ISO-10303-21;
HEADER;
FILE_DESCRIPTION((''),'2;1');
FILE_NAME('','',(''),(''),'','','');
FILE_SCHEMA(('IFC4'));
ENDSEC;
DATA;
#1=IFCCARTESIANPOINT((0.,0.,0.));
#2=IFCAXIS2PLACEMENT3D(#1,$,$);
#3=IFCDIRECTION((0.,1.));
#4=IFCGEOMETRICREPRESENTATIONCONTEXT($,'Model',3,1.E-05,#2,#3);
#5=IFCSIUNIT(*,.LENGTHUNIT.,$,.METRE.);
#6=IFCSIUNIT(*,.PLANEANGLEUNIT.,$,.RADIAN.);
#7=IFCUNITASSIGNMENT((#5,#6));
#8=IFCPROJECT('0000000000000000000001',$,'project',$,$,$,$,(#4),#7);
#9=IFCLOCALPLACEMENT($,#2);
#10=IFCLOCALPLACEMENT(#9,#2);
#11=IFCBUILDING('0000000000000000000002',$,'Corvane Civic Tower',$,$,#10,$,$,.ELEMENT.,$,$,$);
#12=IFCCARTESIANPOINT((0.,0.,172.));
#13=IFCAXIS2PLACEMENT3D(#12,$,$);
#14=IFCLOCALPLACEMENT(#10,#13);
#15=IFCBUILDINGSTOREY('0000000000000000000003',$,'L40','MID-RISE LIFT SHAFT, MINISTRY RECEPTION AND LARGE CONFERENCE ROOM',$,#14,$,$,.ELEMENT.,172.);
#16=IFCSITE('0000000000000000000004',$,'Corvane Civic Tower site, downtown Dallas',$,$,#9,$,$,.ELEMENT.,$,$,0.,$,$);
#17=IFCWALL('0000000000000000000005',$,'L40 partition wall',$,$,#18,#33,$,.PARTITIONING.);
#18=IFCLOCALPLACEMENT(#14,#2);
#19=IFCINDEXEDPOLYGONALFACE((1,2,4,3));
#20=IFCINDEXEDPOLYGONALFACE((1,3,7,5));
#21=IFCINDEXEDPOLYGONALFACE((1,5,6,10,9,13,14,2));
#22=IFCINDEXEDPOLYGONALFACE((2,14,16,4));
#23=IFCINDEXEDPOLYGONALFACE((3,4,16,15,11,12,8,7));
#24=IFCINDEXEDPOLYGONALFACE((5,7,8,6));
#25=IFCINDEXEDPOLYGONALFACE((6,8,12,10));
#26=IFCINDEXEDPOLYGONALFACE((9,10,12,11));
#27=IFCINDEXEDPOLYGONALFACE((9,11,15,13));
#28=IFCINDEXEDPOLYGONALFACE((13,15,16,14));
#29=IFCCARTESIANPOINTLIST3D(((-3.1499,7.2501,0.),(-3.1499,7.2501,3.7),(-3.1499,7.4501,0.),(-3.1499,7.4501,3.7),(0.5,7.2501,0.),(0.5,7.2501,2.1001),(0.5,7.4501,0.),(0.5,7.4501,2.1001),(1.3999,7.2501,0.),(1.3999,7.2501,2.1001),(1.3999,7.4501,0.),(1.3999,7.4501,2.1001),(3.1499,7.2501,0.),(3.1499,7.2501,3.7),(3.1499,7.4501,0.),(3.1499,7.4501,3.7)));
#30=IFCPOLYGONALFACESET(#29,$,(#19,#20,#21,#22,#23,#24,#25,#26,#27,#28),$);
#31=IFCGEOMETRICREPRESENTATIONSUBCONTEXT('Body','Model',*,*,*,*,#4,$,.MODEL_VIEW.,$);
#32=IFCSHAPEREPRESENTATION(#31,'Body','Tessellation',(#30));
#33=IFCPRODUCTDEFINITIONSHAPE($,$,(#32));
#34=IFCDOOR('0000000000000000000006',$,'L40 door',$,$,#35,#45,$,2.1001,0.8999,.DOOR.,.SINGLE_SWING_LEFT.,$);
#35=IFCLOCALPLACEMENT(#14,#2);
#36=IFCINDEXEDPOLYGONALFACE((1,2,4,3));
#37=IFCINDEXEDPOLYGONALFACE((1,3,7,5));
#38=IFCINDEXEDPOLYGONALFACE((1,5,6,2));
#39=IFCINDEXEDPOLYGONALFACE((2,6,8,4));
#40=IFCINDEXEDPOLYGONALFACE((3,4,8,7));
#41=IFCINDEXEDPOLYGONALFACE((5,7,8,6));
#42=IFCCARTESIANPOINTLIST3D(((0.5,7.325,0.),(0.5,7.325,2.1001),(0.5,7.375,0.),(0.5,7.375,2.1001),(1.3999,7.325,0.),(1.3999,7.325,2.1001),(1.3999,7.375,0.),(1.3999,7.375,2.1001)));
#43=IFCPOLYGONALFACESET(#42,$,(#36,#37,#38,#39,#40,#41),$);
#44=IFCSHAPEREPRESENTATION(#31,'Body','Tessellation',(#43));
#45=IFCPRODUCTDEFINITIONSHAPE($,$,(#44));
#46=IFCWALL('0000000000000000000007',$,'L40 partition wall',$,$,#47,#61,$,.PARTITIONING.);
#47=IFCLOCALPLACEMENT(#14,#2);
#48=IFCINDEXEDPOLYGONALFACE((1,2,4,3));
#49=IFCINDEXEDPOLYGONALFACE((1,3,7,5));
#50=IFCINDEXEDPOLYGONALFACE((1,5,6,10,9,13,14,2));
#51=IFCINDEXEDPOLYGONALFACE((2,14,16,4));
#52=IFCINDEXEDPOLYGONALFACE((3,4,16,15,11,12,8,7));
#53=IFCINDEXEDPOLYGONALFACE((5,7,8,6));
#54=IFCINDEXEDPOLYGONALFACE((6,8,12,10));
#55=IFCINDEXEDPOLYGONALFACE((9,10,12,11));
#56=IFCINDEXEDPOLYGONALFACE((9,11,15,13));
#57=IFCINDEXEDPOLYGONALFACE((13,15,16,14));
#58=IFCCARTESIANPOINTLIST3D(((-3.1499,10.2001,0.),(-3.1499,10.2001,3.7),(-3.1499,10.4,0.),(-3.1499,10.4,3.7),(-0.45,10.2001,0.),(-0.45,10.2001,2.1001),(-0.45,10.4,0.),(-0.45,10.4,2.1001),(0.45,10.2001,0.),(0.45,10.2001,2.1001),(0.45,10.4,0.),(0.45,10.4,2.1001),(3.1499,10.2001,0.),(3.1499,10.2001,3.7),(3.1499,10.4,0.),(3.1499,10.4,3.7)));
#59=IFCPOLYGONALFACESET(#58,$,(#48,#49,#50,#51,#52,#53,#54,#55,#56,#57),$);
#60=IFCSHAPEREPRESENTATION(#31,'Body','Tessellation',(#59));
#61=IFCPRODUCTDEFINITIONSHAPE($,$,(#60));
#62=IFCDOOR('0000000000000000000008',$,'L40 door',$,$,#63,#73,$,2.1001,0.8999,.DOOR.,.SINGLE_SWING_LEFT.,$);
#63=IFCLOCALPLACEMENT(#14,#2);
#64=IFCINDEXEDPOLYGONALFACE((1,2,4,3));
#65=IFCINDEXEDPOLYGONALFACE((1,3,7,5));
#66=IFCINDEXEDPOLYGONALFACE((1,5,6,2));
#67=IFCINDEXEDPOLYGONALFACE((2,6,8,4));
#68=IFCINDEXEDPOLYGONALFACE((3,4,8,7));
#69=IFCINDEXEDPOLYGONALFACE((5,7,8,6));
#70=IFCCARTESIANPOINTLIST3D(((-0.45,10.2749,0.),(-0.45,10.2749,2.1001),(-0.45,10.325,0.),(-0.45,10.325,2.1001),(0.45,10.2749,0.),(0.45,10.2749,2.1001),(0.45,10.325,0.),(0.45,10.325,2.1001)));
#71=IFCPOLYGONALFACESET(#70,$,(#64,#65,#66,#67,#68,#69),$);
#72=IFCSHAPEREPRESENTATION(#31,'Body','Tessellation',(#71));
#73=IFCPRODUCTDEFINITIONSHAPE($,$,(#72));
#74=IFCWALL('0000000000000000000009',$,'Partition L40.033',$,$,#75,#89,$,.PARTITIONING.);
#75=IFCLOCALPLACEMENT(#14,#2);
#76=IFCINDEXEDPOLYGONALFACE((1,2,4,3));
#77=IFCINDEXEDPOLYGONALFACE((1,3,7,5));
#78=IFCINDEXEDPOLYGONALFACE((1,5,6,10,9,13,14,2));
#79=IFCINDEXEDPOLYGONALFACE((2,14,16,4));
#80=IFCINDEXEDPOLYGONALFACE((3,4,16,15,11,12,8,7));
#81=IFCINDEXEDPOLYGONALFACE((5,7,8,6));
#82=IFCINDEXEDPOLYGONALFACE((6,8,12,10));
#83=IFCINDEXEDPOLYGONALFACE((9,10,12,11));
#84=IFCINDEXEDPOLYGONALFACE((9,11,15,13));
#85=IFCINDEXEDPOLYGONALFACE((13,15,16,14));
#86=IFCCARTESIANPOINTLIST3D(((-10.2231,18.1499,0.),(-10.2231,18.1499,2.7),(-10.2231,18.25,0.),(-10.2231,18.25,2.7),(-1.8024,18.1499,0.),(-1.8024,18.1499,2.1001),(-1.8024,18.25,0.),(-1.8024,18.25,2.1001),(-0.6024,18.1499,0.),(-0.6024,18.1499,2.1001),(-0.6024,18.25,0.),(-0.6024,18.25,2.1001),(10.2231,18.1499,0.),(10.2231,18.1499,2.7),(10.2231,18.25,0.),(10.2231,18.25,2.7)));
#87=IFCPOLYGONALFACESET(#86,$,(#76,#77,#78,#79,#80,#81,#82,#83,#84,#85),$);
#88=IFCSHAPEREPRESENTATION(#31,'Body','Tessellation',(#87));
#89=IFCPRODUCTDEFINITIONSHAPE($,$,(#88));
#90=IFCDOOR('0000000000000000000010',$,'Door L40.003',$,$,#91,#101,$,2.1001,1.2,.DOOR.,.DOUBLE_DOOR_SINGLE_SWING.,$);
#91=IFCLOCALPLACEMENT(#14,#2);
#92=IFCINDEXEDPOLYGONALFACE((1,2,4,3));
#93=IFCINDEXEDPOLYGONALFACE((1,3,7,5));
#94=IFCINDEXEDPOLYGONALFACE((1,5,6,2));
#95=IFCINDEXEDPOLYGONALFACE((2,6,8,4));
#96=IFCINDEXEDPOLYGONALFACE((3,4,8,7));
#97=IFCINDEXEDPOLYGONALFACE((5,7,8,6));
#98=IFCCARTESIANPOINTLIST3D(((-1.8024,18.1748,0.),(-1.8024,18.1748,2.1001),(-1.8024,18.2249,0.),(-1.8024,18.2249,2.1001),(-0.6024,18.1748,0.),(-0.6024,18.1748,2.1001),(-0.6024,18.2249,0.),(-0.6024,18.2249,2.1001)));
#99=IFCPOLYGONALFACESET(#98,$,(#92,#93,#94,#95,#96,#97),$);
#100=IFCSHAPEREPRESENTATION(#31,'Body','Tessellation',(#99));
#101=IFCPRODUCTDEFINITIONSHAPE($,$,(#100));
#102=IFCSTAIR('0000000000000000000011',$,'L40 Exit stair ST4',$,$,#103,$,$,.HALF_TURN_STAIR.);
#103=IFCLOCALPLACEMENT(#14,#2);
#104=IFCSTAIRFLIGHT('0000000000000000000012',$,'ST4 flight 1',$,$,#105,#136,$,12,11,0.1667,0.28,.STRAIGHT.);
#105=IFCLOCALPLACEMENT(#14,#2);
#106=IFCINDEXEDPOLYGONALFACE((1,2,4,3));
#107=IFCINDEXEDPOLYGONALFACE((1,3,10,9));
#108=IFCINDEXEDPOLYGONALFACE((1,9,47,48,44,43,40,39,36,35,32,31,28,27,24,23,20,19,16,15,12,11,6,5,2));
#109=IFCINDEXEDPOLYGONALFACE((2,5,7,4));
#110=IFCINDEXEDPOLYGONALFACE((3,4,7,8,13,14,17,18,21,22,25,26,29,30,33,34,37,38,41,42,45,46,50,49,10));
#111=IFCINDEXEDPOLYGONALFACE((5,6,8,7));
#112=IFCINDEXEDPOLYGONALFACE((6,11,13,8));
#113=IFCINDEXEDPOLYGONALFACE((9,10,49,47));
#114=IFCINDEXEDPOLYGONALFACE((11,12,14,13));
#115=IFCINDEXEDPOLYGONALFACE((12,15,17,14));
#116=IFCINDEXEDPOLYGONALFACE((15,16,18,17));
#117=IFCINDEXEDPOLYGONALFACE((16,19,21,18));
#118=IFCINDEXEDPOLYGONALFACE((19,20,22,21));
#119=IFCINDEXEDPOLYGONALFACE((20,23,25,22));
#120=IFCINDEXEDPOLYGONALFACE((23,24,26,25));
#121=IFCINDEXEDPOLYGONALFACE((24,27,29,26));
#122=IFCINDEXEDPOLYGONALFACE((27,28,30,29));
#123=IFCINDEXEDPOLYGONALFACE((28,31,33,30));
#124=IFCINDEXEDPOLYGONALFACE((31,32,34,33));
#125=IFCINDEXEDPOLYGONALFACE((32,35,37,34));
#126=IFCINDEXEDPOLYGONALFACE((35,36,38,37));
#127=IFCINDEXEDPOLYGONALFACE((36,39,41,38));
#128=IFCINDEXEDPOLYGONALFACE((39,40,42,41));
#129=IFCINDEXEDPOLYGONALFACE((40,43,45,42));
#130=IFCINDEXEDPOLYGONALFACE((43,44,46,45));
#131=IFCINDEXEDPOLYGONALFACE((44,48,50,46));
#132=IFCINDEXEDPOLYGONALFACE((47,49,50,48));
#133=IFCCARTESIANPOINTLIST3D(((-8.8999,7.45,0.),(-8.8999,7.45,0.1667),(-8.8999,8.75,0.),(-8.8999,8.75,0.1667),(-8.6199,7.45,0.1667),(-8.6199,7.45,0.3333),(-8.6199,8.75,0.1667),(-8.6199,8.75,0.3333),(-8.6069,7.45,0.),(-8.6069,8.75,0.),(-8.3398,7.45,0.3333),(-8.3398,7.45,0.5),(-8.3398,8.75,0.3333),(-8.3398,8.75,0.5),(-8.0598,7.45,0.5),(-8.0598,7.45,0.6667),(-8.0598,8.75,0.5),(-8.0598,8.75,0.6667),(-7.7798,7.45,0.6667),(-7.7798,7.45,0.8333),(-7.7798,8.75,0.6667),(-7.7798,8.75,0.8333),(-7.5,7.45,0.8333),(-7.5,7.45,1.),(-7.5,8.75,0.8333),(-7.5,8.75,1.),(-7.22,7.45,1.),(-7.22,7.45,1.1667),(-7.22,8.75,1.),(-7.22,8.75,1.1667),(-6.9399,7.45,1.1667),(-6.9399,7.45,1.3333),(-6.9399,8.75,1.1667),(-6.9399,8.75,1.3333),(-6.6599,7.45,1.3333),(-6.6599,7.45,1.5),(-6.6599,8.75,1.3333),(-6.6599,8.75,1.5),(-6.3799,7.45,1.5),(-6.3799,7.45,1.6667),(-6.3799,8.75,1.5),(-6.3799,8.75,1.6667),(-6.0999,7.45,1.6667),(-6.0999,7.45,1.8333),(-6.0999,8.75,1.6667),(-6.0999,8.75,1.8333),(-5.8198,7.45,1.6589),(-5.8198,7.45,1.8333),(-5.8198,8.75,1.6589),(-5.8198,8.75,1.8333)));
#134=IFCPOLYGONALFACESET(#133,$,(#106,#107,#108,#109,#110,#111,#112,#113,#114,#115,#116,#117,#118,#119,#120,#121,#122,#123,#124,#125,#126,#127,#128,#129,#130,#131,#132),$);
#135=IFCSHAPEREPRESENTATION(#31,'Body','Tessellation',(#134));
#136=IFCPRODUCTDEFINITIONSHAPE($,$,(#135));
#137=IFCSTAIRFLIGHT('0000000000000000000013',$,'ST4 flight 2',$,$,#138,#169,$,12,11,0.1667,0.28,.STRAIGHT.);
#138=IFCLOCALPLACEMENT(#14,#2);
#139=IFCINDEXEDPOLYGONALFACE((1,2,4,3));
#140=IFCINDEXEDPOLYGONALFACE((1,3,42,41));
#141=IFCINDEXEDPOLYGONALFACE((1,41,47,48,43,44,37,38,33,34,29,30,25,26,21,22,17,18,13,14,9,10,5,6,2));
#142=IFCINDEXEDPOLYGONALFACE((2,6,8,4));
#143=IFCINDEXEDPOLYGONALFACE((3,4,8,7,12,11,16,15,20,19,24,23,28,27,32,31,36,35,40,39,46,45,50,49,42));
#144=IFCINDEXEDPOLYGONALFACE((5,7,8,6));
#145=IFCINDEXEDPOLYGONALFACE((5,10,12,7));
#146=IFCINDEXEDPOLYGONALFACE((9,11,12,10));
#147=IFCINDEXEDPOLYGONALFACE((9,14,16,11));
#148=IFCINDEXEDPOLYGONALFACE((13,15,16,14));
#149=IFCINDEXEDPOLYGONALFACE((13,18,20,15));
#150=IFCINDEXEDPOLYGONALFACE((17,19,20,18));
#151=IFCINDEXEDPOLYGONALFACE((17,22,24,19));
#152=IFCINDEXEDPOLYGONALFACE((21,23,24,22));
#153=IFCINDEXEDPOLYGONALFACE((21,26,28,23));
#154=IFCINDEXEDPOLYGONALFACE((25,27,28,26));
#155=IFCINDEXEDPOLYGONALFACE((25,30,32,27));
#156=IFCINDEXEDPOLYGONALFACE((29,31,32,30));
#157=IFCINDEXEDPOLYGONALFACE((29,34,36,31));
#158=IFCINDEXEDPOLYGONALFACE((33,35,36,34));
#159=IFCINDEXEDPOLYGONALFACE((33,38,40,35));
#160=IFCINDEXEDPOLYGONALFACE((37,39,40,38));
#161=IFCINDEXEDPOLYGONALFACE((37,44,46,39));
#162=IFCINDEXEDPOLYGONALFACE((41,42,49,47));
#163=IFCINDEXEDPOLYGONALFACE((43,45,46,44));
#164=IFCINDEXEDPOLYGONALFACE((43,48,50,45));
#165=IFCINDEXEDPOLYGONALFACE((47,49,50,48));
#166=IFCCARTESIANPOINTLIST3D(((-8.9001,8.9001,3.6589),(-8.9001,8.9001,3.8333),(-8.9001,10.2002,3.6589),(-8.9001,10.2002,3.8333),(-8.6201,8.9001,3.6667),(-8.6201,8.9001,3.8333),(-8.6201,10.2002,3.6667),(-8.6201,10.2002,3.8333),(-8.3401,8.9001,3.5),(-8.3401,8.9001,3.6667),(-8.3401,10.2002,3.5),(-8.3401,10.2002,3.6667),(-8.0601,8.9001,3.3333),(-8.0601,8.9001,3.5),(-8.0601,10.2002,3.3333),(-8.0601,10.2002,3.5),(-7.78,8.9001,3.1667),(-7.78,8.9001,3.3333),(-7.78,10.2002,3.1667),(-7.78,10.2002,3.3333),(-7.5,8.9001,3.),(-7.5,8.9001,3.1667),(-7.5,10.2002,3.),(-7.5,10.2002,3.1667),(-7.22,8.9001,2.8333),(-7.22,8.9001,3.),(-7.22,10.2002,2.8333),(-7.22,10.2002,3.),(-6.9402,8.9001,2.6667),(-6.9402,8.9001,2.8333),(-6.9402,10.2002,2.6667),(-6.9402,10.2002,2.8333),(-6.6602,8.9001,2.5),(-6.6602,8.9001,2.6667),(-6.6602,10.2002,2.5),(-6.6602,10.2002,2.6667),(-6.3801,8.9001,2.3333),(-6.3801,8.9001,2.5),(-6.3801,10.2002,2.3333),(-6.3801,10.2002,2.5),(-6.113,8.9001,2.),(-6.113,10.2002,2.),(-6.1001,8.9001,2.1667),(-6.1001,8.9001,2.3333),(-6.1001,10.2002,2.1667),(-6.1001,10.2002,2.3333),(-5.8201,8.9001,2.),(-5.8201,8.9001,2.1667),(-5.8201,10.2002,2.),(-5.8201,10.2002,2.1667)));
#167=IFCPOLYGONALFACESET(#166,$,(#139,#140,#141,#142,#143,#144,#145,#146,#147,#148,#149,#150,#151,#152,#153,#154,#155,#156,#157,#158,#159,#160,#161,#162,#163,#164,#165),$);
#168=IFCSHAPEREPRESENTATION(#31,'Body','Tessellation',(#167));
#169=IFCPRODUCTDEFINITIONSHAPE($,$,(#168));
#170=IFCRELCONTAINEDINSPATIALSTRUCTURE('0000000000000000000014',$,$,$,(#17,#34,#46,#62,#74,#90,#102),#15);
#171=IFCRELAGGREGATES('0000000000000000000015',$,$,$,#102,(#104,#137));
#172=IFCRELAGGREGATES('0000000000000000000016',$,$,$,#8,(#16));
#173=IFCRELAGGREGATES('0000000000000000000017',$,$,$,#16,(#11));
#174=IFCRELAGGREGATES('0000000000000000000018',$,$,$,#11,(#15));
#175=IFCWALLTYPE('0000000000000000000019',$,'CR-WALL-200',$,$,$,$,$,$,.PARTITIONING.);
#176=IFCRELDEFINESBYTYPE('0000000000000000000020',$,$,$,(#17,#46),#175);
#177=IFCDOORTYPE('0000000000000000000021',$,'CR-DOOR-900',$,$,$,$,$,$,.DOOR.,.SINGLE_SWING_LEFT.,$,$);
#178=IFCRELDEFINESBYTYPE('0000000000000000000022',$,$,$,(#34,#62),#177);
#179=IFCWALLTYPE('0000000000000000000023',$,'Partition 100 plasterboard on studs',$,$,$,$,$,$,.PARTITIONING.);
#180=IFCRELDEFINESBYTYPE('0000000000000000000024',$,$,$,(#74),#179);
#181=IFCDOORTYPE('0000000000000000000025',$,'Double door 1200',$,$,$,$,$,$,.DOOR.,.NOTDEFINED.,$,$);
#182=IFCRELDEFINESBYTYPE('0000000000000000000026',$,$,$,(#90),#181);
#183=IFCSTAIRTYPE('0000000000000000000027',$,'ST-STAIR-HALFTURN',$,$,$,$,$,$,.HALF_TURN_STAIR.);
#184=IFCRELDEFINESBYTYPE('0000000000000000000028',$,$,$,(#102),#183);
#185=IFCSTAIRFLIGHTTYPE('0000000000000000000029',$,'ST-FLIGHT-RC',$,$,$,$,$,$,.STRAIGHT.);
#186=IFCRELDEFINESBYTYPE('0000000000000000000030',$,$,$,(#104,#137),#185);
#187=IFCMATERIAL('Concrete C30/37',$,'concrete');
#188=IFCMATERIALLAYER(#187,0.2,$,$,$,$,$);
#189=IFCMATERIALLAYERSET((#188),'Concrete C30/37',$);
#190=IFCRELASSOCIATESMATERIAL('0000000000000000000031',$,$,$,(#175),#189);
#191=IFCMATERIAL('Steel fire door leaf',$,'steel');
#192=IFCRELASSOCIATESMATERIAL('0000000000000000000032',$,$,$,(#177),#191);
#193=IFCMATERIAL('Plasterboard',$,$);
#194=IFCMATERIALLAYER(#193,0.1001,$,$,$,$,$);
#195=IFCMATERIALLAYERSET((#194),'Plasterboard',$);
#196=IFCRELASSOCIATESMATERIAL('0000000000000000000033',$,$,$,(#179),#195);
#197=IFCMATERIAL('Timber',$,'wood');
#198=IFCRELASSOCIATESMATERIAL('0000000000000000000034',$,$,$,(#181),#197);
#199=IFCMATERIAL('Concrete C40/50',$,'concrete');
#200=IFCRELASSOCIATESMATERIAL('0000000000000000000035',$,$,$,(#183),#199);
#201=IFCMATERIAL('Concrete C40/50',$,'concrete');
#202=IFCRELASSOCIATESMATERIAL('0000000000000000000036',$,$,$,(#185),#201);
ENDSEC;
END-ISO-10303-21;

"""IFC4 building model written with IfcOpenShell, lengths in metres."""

from ifc_helpers import new_model, si_unit, direction, frame, frame_2d, origin, place, context, subcontext, project, spatial, polyline, rectangle, outline, extrude, material, layer, layer_set, type_object, element, fill, aggregate, save


model = new_model("IFC4")

# Units and contexts
model_context = context("Model", 3, precision=1e-05, world=origin(), true_north=direction((0.0, 1.0)))
body_context = subcontext(model_context, "Body", "Model", "MODEL_VIEW")
ifc_project = project(units=[si_unit("LENGTHUNIT", "METRE"), si_unit("PLANEANGLEUNIT", "RADIAN")], contexts=[model_context])

# Site, building, storey
site_placement = place(None, origin())
site = spatial("IfcSite", under=ifc_project, at=site_placement, Name="Corvane Civic Tower site, downtown Dallas", CompositionType="ELEMENT", RefElevation=0.0)
building_placement = place(site_placement, origin())
building = spatial("IfcBuilding", under=site, at=building_placement, Name="Corvane Civic Tower", CompositionType="ELEMENT")
storey_placement = place(building_placement, frame((0.0, 0.0, 172.0)))
storey = spatial("IfcBuildingStorey", under=building, at=storey_placement, Name="L40", Description="MID-RISE LIFT SHAFT, MINISTRY RECEPTION AND LARGE CONFERENCE ROOM", CompositionType="ELEMENT", Elevation=172.0)

# Walls, openings, doors
ifc_material_1 = material(Name="Concrete C30/37", Category="concrete")
ifc_layer_1 = layer(ifc_material_1, 0.2)
ifc_layer_set_1 = layer_set([ifc_layer_1], Name="Concrete C30/37")
wall_type_1 = type_object("IfcWallType", Name="CR-WALL-200", PredefinedType="PARTITIONING", material=ifc_layer_set_1)
wall_1_placement = place(storey_placement, frame((-3.1499, 7.3501, 0.0), z_axis=(0.0, 0.0, 1.0), x_axis=(1.0, 0.0, 0.0)))
wall_1 = element("IfcWall", 1, at=wall_1_placement, inside=storey, type_object=wall_type_1, Name="L40 partition wall", PredefinedType="PARTITIONING", context=body_context, shape_type="SweptSolid", body=[
    extrude(rectangle(XDim=6.2998, YDim=0.2, at=frame_2d((3.1499, 0.0))), origin(), (0.0, 0.0, 1.0), 3.7),
])
opening_1_placement = place(wall_1_placement, frame((3.6499, 0.0, 0.0)))
opening_1 = element("IfcOpeningElement", 2, at=opening_1_placement, cuts=wall_1, PredefinedType="OPENING", context=body_context, shape_type="SweptSolid", body=[
    extrude(rectangle(XDim=0.8999, YDim=2.1001, at=frame_2d((0.45, 1.05))), frame((0.0, 0.1099, 0.0), z_axis=(0.0, -1.0, 0.0), x_axis=(1.0, 0.0, 0.0)), (0.0, 0.0, 1.0), 0.22),
])
ifc_material_2 = material(Name="Steel fire door leaf", Category="steel")
door_type_1 = type_object("IfcDoorType", Name="CR-DOOR-900", OperationType="SINGLE_SWING_LEFT", PredefinedType="DOOR", material=ifc_material_2)
door_1_placement = place(opening_1_placement, origin())
door_1 = element("IfcDoor", 3, at=door_1_placement, inside=storey, type_object=door_type_1, Name="L40 door", OperationType="SINGLE_SWING_LEFT", OverallHeight=2.1001, OverallWidth=0.8999, PredefinedType="DOOR", context=body_context, shape_type="SweptSolid", body=[
    extrude(rectangle(XDim=0.8999, YDim=2.1001, at=frame_2d((0.45, 1.05))), frame((0.0, 0.0249, 0.0), z_axis=(0.0, -1.0, 0.0), x_axis=(1.0, 0.0, 0.0)), (0.0, 0.0, 1.0), 0.05),
])
fill(opening_1, door_1)
wall_2_placement = place(storey_placement, frame((-3.1499, 10.3, 0.0), z_axis=(0.0, 0.0, 1.0), x_axis=(1.0, 0.0, 0.0)))
wall_2 = element("IfcWall", 4, at=wall_2_placement, inside=storey, type_object=wall_type_1, Name="L40 partition wall", PredefinedType="PARTITIONING", context=body_context, shape_type="SweptSolid", body=[
    extrude(rectangle(XDim=6.2998, YDim=0.2, at=frame_2d((3.1499, 0.0))), origin(), (0.0, 0.0, 1.0), 3.7),
])
opening_2_placement = place(wall_2_placement, frame((2.7, 0.0, 0.0)))
opening_2 = element("IfcOpeningElement", 5, at=opening_2_placement, cuts=wall_2, PredefinedType="OPENING", context=body_context, shape_type="SweptSolid", body=[
    extrude(rectangle(XDim=0.8999, YDim=2.1001, at=frame_2d((0.45, 1.05))), frame((0.0, 0.1099, 0.0), z_axis=(0.0, -1.0, 0.0), x_axis=(1.0, 0.0, 0.0)), (0.0, 0.0, 1.0), 0.22),
])
door_2_placement = place(opening_2_placement, origin())
door_2 = element("IfcDoor", 6, at=door_2_placement, inside=storey, type_object=door_type_1, Name="L40 door", OperationType="SINGLE_SWING_LEFT", OverallHeight=2.1001, OverallWidth=0.8999, PredefinedType="DOOR", context=body_context, shape_type="SweptSolid", body=[
    extrude(rectangle(XDim=0.8999, YDim=2.1001, at=frame_2d((0.45, 1.05))), frame((0.0, 0.0249, 0.0), z_axis=(0.0, -1.0, 0.0), x_axis=(1.0, 0.0, 0.0)), (0.0, 0.0, 1.0), 0.05),
])
fill(opening_2, door_2)
ifc_material_3 = material(Name="Plasterboard")
ifc_layer_2 = layer(ifc_material_3, 0.1001)
ifc_layer_set_2 = layer_set([ifc_layer_2], Name="Plasterboard")
wall_type_2 = type_object("IfcWallType", Name="Partition 100 plasterboard on studs", PredefinedType="PARTITIONING", material=ifc_layer_set_2)
wall_3_placement = place(storey_placement, frame((-10.2231, 18.2, 0.0), z_axis=(0.0, 0.0, 1.0), x_axis=(1.0, 0.0, 0.0)))
wall_3 = element("IfcWall", 7, at=wall_3_placement, inside=storey, type_object=wall_type_2, Name="Partition L40.033", PredefinedType="PARTITIONING", context=body_context, shape_type="SweptSolid", body=[
    extrude(rectangle(XDim=20.4463, YDim=0.1001, at=frame_2d((10.2231, 0.0))), origin(), (0.0, 0.0, 1.0), 2.7),
])
opening_3_placement = place(wall_3_placement, frame((8.4207, 0.0, 0.0)))
opening_3 = element("IfcOpeningElement", 8, at=opening_3_placement, cuts=wall_3, PredefinedType="OPENING", context=body_context, shape_type="SweptSolid", body=[
    extrude(rectangle(XDim=1.2, YDim=2.1001, at=frame_2d((0.6001, 1.05))), frame((0.0, 0.0601, 0.0), z_axis=(0.0, -1.0, 0.0), x_axis=(1.0, 0.0, 0.0)), (0.0, 0.0, 1.0), 0.1201),
])
ifc_material_4 = material(Name="Timber", Category="wood")
door_type_2 = type_object("IfcDoorType", Name="Double door 1200", OperationType="NOTDEFINED", PredefinedType="DOOR", material=ifc_material_4)
door_3_placement = place(opening_3_placement, origin())
door_3 = element("IfcDoor", 9, at=door_3_placement, inside=storey, type_object=door_type_2, Name="Door L40.003", OperationType="DOUBLE_DOOR_SINGLE_SWING", OverallHeight=2.1001, OverallWidth=1.2, PredefinedType="DOOR", context=body_context, shape_type="SweptSolid", body=[
    extrude(rectangle(XDim=1.2, YDim=2.1001, at=frame_2d((0.6001, 1.05))), frame((0.0, 0.0249, 0.0), z_axis=(0.0, -1.0, 0.0), x_axis=(1.0, 0.0, 0.0)), (0.0, 0.0, 1.0), 0.05),
])
fill(opening_3, door_3)

# Stair, stair flights
ifc_material_5 = material(Name="Concrete C40/50", Category="concrete")
stair_type = type_object("IfcStairType", Name="ST-STAIR-HALFTURN", PredefinedType="HALF_TURN_STAIR", material=ifc_material_5)
stair_placement = place(storey_placement, origin())
stair = element("IfcStair", 10, at=stair_placement, inside=storey, type_object=stair_type, Name="L40 Exit stair ST4", PredefinedType="HALF_TURN_STAIR")
ifc_material_6 = material(Name="Concrete C40/50", Category="concrete")
stair_flight_type = type_object("IfcStairFlightType", Name="ST-FLIGHT-RC", PredefinedType="STRAIGHT", material=ifc_material_6)
stair_flight_1_placement = place(storey_placement, frame((-8.8999, 8.1001, 0.0), z_axis=(0.0, 0.0, 1.0), x_axis=(1.0, 0.0, 0.0)))
stair_flight_1 = element("IfcStairFlight", 11, at=stair_flight_1_placement, type_object=stair_flight_type, Name="ST4 flight 1", NumberOfRisers=12, NumberOfTreads=11, PredefinedType="STRAIGHT", RiserHeight=0.1667, TreadLength=0.28, context=body_context, shape_type="SweptSolid", body=[
    extrude(outline(polyline([(0.0, 0.0), (0.0, 0.1667), (0.28, 0.1667), (0.28, 0.3333), (0.5601, 0.3333), (0.5601, 0.5), (0.8401, 0.5), (0.8401, 0.6667), (1.1201, 0.6667), (1.1201, 0.8333), (1.3999, 0.8333), (1.3999, 1.0), (1.6799, 1.0), (1.6799, 1.1667), (1.96, 1.1667), (1.96, 1.3333), (2.24, 1.3333), (2.24, 1.5), (2.52, 1.5), (2.52, 1.6667), (2.8, 1.6667), (2.8, 1.8333), (3.0801, 1.8333), (3.0801, 2.0), (3.0801, 1.6589), (0.293, 0.0), (0.0, 0.0)])), frame((0.0, 0.6499, 0.0), z_axis=(0.0, -1.0, 0.0), x_axis=(1.0, 0.0, 0.0)), (0.0, 0.0, 1.0), 1.3),
])
stair_flight_2_placement = place(storey_placement, frame((-5.8201, 9.55, 2.0), z_axis=(0.0, 0.0, 1.0), x_axis=(-1.0, 0.0, 0.0)))
stair_flight_2 = element("IfcStairFlight", 12, at=stair_flight_2_placement, type_object=stair_flight_type, Name="ST4 flight 2", NumberOfRisers=12, NumberOfTreads=11, PredefinedType="STRAIGHT", RiserHeight=0.1667, TreadLength=0.28, context=body_context, shape_type="SweptSolid", body=[
    extrude(outline(polyline([(0.0, 0.0), (0.0, 0.1667), (0.28, 0.1667), (0.28, 0.3333), (0.5601, 0.3333), (0.5601, 0.5), (0.8401, 0.5), (0.8401, 0.6667), (1.1201, 0.6667), (1.1201, 0.8333), (1.3999, 0.8333), (1.3999, 1.0), (1.6799, 1.0), (1.6799, 1.1667), (1.96, 1.1667), (1.96, 1.3333), (2.24, 1.3333), (2.24, 1.5), (2.52, 1.5), (2.52, 1.6667), (2.8, 1.6667), (2.8, 1.8333), (3.0801, 1.8333), (3.0801, 2.0), (3.0801, 1.6589), (0.293, 0.0), (0.0, 0.0)])), frame((0.0, 0.6499, 0.0), z_axis=(0.0, -1.0, 0.0), x_axis=(1.0, 0.0, 0.0)), (0.0, 0.0, 1.0), 1.3),
])
aggregate(stair, [stair_flight_1, stair_flight_2])

save(model, "model.ifc")
